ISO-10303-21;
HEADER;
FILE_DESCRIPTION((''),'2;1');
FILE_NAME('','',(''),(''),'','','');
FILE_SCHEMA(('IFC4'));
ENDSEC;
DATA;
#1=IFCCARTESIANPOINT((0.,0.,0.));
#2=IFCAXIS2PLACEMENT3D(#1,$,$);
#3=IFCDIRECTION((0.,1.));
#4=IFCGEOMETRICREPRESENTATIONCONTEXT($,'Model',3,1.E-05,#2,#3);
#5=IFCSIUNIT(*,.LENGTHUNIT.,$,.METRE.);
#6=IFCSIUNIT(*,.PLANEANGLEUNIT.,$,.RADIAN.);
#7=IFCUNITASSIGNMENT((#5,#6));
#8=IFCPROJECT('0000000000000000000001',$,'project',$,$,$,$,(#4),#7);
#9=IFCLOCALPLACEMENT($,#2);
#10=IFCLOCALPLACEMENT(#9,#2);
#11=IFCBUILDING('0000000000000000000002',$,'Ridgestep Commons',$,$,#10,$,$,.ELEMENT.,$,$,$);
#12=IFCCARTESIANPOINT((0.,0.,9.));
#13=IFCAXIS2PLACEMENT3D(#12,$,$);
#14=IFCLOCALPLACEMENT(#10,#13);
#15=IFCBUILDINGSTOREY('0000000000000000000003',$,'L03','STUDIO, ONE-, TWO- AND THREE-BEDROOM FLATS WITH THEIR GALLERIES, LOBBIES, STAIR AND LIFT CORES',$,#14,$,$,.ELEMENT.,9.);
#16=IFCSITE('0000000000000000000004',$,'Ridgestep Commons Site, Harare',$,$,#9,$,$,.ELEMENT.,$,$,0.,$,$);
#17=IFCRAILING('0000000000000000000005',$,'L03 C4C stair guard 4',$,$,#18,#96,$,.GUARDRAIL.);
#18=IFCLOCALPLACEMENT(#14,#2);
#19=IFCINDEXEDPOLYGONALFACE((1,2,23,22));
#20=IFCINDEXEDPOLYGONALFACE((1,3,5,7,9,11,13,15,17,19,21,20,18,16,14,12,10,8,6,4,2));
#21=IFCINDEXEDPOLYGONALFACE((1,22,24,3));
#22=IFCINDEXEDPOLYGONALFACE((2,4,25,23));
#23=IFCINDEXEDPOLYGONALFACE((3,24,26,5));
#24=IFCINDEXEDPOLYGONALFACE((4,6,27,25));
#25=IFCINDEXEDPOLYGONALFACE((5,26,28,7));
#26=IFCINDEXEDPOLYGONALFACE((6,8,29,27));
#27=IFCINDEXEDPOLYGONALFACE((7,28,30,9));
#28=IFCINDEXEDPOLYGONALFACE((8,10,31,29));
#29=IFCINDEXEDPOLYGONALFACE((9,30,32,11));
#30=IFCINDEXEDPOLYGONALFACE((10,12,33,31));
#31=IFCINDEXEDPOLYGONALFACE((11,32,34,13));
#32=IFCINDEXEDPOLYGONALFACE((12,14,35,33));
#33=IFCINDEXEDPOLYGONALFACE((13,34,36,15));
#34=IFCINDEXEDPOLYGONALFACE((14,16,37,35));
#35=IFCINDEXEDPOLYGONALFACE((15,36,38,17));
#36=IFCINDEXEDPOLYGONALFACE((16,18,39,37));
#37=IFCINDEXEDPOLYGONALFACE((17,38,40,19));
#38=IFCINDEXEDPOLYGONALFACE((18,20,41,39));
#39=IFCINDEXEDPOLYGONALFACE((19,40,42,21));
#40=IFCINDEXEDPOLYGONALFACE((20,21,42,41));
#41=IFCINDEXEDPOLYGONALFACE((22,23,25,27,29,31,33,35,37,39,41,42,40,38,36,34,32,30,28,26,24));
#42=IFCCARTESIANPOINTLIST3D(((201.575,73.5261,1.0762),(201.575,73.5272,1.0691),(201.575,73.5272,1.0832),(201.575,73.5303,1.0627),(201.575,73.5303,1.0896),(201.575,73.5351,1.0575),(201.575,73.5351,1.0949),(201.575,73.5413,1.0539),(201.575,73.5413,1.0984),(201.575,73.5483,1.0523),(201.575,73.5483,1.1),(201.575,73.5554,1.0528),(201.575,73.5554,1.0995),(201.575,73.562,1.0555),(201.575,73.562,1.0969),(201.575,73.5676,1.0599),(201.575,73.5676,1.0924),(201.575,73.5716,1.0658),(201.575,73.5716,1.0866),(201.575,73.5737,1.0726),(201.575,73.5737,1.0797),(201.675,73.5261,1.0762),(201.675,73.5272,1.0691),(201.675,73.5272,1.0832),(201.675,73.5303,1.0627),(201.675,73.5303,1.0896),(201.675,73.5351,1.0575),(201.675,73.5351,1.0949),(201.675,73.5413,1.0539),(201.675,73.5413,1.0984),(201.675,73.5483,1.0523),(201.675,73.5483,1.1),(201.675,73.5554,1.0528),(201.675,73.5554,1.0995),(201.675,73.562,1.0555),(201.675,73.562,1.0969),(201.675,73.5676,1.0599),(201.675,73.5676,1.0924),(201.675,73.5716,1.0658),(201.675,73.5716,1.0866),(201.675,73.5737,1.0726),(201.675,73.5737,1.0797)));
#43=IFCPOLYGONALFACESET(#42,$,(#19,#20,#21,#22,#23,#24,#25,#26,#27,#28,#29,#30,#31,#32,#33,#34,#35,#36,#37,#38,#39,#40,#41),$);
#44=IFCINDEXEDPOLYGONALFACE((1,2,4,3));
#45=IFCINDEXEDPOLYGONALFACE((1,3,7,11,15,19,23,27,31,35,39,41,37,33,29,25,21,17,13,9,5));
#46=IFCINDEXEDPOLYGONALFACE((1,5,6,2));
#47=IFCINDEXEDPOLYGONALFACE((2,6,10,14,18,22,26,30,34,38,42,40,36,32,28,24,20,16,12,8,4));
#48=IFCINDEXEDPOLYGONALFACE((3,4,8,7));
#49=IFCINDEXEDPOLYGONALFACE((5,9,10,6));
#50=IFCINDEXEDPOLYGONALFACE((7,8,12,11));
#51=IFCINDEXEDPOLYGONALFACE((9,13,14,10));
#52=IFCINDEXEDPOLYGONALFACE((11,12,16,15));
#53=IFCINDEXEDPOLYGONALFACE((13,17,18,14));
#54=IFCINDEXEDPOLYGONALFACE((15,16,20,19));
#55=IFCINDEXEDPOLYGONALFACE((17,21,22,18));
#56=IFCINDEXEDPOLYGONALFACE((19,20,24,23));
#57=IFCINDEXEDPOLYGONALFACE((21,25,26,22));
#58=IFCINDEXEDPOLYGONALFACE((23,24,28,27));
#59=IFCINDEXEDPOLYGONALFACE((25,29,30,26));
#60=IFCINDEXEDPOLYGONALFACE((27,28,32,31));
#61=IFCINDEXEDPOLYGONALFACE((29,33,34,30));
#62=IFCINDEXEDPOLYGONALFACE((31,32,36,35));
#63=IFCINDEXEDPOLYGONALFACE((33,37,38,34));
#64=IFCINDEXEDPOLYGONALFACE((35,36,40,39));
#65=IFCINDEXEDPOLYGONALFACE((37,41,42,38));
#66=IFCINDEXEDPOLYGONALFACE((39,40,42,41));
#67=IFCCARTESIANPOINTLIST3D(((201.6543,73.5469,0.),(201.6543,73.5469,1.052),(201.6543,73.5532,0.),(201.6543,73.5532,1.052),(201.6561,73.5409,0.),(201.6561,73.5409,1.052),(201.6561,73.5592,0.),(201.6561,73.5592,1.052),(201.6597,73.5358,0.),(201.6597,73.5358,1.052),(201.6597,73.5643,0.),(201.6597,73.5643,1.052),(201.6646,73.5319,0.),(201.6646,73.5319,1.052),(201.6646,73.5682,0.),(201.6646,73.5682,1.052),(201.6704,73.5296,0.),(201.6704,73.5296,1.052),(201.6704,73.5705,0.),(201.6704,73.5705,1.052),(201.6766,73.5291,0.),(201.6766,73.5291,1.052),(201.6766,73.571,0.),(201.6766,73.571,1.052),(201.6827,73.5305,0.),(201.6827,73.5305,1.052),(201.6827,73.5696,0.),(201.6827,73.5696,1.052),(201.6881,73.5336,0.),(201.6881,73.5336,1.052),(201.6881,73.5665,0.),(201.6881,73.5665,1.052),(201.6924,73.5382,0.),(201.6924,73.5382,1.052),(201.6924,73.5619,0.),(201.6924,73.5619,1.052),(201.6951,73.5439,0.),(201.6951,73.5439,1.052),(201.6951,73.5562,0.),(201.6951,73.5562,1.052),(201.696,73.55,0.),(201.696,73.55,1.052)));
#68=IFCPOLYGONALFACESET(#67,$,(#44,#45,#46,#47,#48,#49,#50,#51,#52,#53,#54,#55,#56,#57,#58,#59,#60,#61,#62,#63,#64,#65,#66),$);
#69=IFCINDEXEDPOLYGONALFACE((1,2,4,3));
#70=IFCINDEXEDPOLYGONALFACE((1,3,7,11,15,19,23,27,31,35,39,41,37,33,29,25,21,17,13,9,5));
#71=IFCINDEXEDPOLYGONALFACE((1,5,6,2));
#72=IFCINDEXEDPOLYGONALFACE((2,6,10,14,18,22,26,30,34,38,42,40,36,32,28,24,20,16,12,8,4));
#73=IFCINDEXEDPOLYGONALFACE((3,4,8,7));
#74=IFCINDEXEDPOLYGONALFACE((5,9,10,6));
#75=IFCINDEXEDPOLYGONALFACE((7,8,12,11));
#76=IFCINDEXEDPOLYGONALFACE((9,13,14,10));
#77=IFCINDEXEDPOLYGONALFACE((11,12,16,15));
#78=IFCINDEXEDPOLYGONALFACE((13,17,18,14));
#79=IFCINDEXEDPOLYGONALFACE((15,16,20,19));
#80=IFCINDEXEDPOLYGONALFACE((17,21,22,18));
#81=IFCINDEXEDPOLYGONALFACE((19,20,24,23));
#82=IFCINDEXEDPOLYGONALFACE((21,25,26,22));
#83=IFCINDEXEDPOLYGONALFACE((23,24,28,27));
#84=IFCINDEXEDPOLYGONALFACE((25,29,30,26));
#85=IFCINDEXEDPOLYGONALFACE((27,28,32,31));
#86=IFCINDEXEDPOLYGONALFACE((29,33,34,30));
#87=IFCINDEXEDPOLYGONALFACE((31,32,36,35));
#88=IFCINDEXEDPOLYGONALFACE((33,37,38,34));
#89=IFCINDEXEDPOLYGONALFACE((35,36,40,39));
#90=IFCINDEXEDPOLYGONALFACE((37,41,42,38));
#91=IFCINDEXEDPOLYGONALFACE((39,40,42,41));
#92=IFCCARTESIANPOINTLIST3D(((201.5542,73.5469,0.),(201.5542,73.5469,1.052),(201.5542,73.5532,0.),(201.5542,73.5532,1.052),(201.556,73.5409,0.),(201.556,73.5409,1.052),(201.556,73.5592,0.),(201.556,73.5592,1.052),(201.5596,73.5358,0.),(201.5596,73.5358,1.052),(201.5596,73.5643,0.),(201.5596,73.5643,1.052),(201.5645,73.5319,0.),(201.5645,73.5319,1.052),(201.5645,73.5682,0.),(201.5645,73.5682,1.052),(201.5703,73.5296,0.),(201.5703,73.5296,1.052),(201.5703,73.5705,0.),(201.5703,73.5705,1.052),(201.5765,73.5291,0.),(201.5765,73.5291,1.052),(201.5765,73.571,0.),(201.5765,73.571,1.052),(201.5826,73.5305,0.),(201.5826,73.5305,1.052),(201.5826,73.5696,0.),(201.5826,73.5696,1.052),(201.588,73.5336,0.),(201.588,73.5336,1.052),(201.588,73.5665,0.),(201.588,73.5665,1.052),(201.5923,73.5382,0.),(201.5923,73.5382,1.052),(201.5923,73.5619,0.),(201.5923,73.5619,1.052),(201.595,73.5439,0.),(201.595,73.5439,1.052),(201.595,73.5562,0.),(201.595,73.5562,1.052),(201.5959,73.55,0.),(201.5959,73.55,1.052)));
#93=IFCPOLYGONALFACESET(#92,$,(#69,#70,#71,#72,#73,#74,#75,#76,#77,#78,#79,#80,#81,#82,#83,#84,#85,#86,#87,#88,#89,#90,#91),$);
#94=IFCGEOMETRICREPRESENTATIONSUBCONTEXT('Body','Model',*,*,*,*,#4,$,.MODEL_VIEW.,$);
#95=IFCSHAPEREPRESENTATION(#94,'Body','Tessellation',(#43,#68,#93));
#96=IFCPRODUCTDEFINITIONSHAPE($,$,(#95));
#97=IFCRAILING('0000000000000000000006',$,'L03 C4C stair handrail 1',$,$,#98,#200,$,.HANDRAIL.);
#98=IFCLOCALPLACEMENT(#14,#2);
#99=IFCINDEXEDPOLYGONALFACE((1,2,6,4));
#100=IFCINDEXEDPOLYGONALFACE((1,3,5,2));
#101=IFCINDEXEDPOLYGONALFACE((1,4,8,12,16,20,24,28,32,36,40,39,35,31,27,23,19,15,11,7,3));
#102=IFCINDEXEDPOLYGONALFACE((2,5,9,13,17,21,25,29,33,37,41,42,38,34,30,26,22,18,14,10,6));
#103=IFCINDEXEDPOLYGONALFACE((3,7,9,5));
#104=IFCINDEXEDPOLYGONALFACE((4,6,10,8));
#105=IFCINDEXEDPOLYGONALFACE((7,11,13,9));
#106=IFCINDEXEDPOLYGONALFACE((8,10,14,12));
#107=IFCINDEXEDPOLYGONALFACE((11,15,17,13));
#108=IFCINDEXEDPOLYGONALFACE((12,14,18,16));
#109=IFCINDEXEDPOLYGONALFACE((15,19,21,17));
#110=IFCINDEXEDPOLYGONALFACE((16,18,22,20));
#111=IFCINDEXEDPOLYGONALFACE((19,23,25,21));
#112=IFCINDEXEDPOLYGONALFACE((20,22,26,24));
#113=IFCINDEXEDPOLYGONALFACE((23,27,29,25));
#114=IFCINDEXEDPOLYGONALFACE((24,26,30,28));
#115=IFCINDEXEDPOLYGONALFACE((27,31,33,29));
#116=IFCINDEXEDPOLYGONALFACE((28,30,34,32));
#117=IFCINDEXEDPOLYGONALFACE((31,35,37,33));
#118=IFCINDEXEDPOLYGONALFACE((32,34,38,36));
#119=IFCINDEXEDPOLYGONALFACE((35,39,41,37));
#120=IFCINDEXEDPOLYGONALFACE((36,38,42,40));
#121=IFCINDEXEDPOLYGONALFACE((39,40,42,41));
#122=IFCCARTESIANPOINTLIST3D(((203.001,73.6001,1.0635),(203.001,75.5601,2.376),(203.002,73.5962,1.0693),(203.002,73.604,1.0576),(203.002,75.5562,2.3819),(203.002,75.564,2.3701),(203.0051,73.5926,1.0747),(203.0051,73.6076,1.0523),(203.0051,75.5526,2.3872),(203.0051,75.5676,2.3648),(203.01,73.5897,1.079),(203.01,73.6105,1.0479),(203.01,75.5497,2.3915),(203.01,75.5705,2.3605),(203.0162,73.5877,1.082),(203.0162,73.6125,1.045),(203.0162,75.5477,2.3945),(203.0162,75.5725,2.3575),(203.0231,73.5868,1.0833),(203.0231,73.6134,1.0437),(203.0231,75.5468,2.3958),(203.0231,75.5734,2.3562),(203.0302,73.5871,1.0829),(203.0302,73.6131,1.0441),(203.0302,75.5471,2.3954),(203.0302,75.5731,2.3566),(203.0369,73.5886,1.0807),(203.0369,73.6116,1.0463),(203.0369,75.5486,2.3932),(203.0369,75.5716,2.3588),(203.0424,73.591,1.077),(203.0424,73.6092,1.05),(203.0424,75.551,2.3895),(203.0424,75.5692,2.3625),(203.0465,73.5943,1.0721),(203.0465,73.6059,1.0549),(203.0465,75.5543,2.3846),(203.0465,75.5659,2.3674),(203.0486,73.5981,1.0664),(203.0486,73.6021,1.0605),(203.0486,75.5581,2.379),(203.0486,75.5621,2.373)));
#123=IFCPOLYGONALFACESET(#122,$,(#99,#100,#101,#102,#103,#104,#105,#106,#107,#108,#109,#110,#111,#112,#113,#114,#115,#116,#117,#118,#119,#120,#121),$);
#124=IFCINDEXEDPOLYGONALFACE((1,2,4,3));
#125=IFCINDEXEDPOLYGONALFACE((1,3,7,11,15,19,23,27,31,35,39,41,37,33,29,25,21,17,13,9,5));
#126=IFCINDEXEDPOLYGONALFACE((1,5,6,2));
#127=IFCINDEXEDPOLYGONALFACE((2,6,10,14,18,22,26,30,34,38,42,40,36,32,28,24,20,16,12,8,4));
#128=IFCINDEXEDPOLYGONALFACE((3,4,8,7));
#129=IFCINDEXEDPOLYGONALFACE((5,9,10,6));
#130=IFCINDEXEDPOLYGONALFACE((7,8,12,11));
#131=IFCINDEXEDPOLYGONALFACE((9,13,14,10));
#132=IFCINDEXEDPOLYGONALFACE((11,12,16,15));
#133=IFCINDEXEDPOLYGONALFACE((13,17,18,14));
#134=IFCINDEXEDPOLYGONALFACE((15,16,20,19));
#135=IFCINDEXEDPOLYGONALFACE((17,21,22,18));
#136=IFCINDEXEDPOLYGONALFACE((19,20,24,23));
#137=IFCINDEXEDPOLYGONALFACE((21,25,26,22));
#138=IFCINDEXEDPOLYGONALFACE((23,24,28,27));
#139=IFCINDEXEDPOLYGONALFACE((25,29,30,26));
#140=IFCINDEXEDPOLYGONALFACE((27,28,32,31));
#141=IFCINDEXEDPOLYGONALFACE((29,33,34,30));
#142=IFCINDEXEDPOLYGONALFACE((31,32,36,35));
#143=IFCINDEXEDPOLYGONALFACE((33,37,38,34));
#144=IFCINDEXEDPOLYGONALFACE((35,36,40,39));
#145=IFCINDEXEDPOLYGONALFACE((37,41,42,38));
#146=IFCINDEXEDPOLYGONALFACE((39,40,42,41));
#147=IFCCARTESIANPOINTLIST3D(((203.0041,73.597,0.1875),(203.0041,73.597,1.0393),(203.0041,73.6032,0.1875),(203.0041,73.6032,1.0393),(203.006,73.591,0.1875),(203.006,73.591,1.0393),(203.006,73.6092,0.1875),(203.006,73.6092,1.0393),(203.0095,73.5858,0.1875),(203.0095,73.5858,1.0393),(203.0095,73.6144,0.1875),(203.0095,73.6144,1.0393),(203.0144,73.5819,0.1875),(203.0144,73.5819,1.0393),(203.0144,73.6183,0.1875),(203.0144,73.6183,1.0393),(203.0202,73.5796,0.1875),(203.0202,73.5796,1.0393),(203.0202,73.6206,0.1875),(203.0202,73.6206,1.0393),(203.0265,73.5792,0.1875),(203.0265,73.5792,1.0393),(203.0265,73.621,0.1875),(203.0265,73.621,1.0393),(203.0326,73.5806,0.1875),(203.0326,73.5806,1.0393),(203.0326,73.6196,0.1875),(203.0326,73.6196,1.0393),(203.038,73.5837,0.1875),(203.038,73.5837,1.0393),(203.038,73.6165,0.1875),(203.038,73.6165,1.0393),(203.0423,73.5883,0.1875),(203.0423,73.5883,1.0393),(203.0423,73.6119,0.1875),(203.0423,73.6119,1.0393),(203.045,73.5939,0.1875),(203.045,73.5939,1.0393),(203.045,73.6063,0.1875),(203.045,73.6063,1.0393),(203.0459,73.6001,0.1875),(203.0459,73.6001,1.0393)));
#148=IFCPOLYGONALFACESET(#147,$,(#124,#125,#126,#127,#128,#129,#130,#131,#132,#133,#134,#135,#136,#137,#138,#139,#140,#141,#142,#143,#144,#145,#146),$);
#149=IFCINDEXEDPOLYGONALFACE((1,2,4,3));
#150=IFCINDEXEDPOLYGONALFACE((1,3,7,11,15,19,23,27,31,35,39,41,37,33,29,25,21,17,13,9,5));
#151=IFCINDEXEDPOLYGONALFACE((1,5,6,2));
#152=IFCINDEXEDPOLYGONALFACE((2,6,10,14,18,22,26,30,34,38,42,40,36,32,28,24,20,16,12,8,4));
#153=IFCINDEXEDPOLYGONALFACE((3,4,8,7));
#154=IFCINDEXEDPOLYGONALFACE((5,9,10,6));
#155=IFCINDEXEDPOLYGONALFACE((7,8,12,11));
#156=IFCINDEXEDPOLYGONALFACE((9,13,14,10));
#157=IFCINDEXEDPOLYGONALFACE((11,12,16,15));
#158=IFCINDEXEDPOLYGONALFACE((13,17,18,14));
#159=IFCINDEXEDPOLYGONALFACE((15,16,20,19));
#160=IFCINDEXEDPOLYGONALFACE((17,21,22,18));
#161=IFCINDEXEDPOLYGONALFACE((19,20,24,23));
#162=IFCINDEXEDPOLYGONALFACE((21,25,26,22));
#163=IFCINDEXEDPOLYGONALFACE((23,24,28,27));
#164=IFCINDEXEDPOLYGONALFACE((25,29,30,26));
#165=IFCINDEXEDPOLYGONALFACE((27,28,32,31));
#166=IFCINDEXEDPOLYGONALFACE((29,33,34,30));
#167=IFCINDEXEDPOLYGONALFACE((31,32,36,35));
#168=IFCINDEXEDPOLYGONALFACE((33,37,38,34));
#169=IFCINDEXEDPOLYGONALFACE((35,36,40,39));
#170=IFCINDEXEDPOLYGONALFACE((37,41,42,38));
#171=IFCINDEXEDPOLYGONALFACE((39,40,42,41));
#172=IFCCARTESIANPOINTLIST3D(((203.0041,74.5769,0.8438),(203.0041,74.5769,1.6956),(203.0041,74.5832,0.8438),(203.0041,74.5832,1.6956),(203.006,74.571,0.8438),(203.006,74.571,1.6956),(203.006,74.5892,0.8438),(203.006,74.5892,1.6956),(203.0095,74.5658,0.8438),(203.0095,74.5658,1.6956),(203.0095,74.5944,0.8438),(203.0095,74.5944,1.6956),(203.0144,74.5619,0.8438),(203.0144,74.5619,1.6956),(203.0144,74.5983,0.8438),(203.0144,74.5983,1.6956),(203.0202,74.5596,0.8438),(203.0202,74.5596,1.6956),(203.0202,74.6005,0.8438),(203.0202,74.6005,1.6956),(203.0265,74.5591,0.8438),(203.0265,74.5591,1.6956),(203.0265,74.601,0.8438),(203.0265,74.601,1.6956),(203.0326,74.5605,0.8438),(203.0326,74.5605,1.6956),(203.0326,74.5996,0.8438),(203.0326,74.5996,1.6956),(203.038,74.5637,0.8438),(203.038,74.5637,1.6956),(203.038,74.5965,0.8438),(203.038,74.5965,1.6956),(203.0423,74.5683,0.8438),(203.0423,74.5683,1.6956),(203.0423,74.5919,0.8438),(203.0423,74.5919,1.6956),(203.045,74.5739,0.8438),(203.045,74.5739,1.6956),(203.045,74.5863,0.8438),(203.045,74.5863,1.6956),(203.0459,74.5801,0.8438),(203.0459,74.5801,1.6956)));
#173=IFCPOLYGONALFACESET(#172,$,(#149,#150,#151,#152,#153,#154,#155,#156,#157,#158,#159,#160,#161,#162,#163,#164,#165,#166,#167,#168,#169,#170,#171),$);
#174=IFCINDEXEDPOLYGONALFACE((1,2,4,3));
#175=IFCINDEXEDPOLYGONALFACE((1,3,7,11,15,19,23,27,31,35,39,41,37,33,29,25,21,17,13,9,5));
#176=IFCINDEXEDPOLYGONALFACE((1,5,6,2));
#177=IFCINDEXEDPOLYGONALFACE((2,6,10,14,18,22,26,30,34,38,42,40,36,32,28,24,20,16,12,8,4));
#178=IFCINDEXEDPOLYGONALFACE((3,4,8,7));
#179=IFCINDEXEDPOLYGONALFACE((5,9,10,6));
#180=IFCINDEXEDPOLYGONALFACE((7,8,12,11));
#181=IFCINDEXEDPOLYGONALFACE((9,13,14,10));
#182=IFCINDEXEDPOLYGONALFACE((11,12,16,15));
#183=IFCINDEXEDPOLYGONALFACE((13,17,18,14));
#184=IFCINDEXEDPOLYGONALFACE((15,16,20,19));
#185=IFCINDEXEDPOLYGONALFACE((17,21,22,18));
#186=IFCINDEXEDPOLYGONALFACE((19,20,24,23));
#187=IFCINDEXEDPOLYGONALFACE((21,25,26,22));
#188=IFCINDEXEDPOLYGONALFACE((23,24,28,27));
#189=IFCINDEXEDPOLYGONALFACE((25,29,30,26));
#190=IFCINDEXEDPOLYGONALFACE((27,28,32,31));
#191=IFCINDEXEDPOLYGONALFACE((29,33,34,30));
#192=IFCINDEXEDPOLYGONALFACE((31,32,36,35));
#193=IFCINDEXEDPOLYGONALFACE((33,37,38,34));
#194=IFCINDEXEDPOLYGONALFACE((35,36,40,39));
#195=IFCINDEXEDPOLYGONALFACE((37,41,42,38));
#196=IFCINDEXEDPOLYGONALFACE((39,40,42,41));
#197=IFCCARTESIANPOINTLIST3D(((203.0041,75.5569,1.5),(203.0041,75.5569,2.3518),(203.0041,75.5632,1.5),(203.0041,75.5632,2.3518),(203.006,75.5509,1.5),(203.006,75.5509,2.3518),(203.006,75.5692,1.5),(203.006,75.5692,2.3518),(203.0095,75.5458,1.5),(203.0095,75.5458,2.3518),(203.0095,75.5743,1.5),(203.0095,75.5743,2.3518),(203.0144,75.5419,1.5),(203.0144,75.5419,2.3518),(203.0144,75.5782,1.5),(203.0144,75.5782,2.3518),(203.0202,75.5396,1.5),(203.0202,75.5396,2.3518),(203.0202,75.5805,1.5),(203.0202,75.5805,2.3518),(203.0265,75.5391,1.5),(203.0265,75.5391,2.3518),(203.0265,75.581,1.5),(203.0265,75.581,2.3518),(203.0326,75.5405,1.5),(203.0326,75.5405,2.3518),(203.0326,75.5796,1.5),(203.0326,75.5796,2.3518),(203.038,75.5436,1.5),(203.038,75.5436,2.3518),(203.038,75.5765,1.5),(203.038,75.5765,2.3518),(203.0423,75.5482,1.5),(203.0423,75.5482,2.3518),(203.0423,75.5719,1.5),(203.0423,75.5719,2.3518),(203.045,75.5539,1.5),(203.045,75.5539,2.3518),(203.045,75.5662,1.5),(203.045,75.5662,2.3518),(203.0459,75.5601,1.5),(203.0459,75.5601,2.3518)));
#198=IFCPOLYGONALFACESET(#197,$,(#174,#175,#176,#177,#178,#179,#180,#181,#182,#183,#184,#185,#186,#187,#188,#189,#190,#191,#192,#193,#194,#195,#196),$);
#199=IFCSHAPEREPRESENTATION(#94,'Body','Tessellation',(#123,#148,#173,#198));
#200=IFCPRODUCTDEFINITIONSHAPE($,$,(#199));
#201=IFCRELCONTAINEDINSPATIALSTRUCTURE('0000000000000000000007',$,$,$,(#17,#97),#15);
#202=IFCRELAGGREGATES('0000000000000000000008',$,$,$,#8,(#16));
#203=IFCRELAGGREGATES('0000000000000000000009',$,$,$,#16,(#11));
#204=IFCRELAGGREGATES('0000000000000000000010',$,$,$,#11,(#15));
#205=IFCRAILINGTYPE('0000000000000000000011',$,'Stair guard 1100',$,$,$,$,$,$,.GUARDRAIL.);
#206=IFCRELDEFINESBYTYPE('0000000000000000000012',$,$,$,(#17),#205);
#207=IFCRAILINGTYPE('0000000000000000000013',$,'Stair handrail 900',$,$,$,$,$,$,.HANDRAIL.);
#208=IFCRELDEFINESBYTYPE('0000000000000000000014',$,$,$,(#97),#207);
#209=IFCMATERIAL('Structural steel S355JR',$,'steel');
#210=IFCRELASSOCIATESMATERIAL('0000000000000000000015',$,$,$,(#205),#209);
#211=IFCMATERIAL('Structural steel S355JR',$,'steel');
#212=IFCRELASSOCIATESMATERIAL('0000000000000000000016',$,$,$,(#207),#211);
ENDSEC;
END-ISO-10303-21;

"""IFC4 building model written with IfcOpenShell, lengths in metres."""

from ifc_helpers import new_model, si_unit, direction, frame, origin, origin_2d, place, context, subcontext, project, spatial, circle, extrude, material, type_object, element, save


model = new_model("IFC4")

# Units and contexts
model_context = context("Model", 3, precision=1e-05, world=origin(), true_north=direction((0.0, 1.0)))
body_context = subcontext(model_context, "Body", "Model", "MODEL_VIEW")
ifc_project = project(units=[si_unit("LENGTHUNIT", "METRE"), si_unit("PLANEANGLEUNIT", "RADIAN")], contexts=[model_context])

# Site, building, storey
site_placement = place(None, origin())
site = spatial("IfcSite", under=ifc_project, at=site_placement, Name="Ridgestep Commons Site, Harare", CompositionType="ELEMENT", RefElevation=0.0)
building_placement = place(site_placement, origin())
building = spatial("IfcBuilding", under=site, at=building_placement, Name="Ridgestep Commons", CompositionType="ELEMENT")
storey_placement = place(building_placement, frame((0.0, 0.0, 9.0)))
storey = spatial("IfcBuildingStorey", under=building, at=storey_placement, Name="L03", Description="STUDIO, ONE-, TWO- AND THREE-BEDROOM FLATS WITH THEIR GALLERIES, LOBBIES, STAIR AND LIFT CORES", CompositionType="ELEMENT", Elevation=9.0)

# Railings
ifc_material_1 = material(Name="Structural steel S355JR", Category="steel")
railing_type_1 = type_object("IfcRailingType", Name="Stair guard 1100", PredefinedType="GUARDRAIL", material=ifc_material_1)
railing_1_placement = place(storey_placement, frame((201.675, 73.55, 0.0)))
element("IfcRailing", 1, at=railing_1_placement, inside=storey, type_object=railing_type_1, Name="L03 C4C stair guard 4", PredefinedType="GUARDRAIL", context=body_context, shape_type="SweptSolid", body=[
    extrude(circle(Radius=0.0239, at=origin_2d()), frame((0.0, 0.0, 1.0762), z_axis=(-1.0, 0.0, 0.0), x_axis=(0.0, -1.0, 0.0)), (0.0, 0.0, 1.0), 0.1001),
    extrude(circle(Radius=0.021, at=origin_2d()), origin(), (0.0, 0.0, 1.0), 1.052),
    extrude(circle(Radius=0.021, at=origin_2d()), frame((-0.1001, 0.0, 0.0)), (0.0, 0.0, 1.0), 1.052),
])
ifc_material_2 = material(Name="Structural steel S355JR", Category="steel")
railing_type_2 = type_object("IfcRailingType", Name="Stair handrail 900", PredefinedType="HANDRAIL", material=ifc_material_2)
railing_2_placement = place(storey_placement, frame((203.0249, 73.6001, 0.1875)))
element("IfcRailing", 2, at=railing_2_placement, inside=storey, type_object=railing_type_2, Name="L03 C4C stair handrail 1", PredefinedType="HANDRAIL", context=body_context, shape_type="SweptSolid", body=[
    extrude(circle(Radius=0.0239, at=origin_2d()), frame((0.0, 0.0, 0.876), z_axis=(0.0, 0.830902, 0.556419), x_axis=(-1.0, 0.0, 0.0)), (0.0, 0.0, 1.0), 2.3589),
    extrude(circle(Radius=0.021, at=origin_2d()), origin(), (0.0, 0.0, 1.0), 0.8518),
    extrude(circle(Radius=0.021, at=origin_2d()), frame((0.0, 0.98, 0.6562)), (0.0, 0.0, 1.0), 0.8518),
    extrude(circle(Radius=0.021, at=origin_2d()), frame((0.0, 1.96, 1.3125)), (0.0, 0.0, 1.0), 0.8518),
])

save(model, "model.ifc")
